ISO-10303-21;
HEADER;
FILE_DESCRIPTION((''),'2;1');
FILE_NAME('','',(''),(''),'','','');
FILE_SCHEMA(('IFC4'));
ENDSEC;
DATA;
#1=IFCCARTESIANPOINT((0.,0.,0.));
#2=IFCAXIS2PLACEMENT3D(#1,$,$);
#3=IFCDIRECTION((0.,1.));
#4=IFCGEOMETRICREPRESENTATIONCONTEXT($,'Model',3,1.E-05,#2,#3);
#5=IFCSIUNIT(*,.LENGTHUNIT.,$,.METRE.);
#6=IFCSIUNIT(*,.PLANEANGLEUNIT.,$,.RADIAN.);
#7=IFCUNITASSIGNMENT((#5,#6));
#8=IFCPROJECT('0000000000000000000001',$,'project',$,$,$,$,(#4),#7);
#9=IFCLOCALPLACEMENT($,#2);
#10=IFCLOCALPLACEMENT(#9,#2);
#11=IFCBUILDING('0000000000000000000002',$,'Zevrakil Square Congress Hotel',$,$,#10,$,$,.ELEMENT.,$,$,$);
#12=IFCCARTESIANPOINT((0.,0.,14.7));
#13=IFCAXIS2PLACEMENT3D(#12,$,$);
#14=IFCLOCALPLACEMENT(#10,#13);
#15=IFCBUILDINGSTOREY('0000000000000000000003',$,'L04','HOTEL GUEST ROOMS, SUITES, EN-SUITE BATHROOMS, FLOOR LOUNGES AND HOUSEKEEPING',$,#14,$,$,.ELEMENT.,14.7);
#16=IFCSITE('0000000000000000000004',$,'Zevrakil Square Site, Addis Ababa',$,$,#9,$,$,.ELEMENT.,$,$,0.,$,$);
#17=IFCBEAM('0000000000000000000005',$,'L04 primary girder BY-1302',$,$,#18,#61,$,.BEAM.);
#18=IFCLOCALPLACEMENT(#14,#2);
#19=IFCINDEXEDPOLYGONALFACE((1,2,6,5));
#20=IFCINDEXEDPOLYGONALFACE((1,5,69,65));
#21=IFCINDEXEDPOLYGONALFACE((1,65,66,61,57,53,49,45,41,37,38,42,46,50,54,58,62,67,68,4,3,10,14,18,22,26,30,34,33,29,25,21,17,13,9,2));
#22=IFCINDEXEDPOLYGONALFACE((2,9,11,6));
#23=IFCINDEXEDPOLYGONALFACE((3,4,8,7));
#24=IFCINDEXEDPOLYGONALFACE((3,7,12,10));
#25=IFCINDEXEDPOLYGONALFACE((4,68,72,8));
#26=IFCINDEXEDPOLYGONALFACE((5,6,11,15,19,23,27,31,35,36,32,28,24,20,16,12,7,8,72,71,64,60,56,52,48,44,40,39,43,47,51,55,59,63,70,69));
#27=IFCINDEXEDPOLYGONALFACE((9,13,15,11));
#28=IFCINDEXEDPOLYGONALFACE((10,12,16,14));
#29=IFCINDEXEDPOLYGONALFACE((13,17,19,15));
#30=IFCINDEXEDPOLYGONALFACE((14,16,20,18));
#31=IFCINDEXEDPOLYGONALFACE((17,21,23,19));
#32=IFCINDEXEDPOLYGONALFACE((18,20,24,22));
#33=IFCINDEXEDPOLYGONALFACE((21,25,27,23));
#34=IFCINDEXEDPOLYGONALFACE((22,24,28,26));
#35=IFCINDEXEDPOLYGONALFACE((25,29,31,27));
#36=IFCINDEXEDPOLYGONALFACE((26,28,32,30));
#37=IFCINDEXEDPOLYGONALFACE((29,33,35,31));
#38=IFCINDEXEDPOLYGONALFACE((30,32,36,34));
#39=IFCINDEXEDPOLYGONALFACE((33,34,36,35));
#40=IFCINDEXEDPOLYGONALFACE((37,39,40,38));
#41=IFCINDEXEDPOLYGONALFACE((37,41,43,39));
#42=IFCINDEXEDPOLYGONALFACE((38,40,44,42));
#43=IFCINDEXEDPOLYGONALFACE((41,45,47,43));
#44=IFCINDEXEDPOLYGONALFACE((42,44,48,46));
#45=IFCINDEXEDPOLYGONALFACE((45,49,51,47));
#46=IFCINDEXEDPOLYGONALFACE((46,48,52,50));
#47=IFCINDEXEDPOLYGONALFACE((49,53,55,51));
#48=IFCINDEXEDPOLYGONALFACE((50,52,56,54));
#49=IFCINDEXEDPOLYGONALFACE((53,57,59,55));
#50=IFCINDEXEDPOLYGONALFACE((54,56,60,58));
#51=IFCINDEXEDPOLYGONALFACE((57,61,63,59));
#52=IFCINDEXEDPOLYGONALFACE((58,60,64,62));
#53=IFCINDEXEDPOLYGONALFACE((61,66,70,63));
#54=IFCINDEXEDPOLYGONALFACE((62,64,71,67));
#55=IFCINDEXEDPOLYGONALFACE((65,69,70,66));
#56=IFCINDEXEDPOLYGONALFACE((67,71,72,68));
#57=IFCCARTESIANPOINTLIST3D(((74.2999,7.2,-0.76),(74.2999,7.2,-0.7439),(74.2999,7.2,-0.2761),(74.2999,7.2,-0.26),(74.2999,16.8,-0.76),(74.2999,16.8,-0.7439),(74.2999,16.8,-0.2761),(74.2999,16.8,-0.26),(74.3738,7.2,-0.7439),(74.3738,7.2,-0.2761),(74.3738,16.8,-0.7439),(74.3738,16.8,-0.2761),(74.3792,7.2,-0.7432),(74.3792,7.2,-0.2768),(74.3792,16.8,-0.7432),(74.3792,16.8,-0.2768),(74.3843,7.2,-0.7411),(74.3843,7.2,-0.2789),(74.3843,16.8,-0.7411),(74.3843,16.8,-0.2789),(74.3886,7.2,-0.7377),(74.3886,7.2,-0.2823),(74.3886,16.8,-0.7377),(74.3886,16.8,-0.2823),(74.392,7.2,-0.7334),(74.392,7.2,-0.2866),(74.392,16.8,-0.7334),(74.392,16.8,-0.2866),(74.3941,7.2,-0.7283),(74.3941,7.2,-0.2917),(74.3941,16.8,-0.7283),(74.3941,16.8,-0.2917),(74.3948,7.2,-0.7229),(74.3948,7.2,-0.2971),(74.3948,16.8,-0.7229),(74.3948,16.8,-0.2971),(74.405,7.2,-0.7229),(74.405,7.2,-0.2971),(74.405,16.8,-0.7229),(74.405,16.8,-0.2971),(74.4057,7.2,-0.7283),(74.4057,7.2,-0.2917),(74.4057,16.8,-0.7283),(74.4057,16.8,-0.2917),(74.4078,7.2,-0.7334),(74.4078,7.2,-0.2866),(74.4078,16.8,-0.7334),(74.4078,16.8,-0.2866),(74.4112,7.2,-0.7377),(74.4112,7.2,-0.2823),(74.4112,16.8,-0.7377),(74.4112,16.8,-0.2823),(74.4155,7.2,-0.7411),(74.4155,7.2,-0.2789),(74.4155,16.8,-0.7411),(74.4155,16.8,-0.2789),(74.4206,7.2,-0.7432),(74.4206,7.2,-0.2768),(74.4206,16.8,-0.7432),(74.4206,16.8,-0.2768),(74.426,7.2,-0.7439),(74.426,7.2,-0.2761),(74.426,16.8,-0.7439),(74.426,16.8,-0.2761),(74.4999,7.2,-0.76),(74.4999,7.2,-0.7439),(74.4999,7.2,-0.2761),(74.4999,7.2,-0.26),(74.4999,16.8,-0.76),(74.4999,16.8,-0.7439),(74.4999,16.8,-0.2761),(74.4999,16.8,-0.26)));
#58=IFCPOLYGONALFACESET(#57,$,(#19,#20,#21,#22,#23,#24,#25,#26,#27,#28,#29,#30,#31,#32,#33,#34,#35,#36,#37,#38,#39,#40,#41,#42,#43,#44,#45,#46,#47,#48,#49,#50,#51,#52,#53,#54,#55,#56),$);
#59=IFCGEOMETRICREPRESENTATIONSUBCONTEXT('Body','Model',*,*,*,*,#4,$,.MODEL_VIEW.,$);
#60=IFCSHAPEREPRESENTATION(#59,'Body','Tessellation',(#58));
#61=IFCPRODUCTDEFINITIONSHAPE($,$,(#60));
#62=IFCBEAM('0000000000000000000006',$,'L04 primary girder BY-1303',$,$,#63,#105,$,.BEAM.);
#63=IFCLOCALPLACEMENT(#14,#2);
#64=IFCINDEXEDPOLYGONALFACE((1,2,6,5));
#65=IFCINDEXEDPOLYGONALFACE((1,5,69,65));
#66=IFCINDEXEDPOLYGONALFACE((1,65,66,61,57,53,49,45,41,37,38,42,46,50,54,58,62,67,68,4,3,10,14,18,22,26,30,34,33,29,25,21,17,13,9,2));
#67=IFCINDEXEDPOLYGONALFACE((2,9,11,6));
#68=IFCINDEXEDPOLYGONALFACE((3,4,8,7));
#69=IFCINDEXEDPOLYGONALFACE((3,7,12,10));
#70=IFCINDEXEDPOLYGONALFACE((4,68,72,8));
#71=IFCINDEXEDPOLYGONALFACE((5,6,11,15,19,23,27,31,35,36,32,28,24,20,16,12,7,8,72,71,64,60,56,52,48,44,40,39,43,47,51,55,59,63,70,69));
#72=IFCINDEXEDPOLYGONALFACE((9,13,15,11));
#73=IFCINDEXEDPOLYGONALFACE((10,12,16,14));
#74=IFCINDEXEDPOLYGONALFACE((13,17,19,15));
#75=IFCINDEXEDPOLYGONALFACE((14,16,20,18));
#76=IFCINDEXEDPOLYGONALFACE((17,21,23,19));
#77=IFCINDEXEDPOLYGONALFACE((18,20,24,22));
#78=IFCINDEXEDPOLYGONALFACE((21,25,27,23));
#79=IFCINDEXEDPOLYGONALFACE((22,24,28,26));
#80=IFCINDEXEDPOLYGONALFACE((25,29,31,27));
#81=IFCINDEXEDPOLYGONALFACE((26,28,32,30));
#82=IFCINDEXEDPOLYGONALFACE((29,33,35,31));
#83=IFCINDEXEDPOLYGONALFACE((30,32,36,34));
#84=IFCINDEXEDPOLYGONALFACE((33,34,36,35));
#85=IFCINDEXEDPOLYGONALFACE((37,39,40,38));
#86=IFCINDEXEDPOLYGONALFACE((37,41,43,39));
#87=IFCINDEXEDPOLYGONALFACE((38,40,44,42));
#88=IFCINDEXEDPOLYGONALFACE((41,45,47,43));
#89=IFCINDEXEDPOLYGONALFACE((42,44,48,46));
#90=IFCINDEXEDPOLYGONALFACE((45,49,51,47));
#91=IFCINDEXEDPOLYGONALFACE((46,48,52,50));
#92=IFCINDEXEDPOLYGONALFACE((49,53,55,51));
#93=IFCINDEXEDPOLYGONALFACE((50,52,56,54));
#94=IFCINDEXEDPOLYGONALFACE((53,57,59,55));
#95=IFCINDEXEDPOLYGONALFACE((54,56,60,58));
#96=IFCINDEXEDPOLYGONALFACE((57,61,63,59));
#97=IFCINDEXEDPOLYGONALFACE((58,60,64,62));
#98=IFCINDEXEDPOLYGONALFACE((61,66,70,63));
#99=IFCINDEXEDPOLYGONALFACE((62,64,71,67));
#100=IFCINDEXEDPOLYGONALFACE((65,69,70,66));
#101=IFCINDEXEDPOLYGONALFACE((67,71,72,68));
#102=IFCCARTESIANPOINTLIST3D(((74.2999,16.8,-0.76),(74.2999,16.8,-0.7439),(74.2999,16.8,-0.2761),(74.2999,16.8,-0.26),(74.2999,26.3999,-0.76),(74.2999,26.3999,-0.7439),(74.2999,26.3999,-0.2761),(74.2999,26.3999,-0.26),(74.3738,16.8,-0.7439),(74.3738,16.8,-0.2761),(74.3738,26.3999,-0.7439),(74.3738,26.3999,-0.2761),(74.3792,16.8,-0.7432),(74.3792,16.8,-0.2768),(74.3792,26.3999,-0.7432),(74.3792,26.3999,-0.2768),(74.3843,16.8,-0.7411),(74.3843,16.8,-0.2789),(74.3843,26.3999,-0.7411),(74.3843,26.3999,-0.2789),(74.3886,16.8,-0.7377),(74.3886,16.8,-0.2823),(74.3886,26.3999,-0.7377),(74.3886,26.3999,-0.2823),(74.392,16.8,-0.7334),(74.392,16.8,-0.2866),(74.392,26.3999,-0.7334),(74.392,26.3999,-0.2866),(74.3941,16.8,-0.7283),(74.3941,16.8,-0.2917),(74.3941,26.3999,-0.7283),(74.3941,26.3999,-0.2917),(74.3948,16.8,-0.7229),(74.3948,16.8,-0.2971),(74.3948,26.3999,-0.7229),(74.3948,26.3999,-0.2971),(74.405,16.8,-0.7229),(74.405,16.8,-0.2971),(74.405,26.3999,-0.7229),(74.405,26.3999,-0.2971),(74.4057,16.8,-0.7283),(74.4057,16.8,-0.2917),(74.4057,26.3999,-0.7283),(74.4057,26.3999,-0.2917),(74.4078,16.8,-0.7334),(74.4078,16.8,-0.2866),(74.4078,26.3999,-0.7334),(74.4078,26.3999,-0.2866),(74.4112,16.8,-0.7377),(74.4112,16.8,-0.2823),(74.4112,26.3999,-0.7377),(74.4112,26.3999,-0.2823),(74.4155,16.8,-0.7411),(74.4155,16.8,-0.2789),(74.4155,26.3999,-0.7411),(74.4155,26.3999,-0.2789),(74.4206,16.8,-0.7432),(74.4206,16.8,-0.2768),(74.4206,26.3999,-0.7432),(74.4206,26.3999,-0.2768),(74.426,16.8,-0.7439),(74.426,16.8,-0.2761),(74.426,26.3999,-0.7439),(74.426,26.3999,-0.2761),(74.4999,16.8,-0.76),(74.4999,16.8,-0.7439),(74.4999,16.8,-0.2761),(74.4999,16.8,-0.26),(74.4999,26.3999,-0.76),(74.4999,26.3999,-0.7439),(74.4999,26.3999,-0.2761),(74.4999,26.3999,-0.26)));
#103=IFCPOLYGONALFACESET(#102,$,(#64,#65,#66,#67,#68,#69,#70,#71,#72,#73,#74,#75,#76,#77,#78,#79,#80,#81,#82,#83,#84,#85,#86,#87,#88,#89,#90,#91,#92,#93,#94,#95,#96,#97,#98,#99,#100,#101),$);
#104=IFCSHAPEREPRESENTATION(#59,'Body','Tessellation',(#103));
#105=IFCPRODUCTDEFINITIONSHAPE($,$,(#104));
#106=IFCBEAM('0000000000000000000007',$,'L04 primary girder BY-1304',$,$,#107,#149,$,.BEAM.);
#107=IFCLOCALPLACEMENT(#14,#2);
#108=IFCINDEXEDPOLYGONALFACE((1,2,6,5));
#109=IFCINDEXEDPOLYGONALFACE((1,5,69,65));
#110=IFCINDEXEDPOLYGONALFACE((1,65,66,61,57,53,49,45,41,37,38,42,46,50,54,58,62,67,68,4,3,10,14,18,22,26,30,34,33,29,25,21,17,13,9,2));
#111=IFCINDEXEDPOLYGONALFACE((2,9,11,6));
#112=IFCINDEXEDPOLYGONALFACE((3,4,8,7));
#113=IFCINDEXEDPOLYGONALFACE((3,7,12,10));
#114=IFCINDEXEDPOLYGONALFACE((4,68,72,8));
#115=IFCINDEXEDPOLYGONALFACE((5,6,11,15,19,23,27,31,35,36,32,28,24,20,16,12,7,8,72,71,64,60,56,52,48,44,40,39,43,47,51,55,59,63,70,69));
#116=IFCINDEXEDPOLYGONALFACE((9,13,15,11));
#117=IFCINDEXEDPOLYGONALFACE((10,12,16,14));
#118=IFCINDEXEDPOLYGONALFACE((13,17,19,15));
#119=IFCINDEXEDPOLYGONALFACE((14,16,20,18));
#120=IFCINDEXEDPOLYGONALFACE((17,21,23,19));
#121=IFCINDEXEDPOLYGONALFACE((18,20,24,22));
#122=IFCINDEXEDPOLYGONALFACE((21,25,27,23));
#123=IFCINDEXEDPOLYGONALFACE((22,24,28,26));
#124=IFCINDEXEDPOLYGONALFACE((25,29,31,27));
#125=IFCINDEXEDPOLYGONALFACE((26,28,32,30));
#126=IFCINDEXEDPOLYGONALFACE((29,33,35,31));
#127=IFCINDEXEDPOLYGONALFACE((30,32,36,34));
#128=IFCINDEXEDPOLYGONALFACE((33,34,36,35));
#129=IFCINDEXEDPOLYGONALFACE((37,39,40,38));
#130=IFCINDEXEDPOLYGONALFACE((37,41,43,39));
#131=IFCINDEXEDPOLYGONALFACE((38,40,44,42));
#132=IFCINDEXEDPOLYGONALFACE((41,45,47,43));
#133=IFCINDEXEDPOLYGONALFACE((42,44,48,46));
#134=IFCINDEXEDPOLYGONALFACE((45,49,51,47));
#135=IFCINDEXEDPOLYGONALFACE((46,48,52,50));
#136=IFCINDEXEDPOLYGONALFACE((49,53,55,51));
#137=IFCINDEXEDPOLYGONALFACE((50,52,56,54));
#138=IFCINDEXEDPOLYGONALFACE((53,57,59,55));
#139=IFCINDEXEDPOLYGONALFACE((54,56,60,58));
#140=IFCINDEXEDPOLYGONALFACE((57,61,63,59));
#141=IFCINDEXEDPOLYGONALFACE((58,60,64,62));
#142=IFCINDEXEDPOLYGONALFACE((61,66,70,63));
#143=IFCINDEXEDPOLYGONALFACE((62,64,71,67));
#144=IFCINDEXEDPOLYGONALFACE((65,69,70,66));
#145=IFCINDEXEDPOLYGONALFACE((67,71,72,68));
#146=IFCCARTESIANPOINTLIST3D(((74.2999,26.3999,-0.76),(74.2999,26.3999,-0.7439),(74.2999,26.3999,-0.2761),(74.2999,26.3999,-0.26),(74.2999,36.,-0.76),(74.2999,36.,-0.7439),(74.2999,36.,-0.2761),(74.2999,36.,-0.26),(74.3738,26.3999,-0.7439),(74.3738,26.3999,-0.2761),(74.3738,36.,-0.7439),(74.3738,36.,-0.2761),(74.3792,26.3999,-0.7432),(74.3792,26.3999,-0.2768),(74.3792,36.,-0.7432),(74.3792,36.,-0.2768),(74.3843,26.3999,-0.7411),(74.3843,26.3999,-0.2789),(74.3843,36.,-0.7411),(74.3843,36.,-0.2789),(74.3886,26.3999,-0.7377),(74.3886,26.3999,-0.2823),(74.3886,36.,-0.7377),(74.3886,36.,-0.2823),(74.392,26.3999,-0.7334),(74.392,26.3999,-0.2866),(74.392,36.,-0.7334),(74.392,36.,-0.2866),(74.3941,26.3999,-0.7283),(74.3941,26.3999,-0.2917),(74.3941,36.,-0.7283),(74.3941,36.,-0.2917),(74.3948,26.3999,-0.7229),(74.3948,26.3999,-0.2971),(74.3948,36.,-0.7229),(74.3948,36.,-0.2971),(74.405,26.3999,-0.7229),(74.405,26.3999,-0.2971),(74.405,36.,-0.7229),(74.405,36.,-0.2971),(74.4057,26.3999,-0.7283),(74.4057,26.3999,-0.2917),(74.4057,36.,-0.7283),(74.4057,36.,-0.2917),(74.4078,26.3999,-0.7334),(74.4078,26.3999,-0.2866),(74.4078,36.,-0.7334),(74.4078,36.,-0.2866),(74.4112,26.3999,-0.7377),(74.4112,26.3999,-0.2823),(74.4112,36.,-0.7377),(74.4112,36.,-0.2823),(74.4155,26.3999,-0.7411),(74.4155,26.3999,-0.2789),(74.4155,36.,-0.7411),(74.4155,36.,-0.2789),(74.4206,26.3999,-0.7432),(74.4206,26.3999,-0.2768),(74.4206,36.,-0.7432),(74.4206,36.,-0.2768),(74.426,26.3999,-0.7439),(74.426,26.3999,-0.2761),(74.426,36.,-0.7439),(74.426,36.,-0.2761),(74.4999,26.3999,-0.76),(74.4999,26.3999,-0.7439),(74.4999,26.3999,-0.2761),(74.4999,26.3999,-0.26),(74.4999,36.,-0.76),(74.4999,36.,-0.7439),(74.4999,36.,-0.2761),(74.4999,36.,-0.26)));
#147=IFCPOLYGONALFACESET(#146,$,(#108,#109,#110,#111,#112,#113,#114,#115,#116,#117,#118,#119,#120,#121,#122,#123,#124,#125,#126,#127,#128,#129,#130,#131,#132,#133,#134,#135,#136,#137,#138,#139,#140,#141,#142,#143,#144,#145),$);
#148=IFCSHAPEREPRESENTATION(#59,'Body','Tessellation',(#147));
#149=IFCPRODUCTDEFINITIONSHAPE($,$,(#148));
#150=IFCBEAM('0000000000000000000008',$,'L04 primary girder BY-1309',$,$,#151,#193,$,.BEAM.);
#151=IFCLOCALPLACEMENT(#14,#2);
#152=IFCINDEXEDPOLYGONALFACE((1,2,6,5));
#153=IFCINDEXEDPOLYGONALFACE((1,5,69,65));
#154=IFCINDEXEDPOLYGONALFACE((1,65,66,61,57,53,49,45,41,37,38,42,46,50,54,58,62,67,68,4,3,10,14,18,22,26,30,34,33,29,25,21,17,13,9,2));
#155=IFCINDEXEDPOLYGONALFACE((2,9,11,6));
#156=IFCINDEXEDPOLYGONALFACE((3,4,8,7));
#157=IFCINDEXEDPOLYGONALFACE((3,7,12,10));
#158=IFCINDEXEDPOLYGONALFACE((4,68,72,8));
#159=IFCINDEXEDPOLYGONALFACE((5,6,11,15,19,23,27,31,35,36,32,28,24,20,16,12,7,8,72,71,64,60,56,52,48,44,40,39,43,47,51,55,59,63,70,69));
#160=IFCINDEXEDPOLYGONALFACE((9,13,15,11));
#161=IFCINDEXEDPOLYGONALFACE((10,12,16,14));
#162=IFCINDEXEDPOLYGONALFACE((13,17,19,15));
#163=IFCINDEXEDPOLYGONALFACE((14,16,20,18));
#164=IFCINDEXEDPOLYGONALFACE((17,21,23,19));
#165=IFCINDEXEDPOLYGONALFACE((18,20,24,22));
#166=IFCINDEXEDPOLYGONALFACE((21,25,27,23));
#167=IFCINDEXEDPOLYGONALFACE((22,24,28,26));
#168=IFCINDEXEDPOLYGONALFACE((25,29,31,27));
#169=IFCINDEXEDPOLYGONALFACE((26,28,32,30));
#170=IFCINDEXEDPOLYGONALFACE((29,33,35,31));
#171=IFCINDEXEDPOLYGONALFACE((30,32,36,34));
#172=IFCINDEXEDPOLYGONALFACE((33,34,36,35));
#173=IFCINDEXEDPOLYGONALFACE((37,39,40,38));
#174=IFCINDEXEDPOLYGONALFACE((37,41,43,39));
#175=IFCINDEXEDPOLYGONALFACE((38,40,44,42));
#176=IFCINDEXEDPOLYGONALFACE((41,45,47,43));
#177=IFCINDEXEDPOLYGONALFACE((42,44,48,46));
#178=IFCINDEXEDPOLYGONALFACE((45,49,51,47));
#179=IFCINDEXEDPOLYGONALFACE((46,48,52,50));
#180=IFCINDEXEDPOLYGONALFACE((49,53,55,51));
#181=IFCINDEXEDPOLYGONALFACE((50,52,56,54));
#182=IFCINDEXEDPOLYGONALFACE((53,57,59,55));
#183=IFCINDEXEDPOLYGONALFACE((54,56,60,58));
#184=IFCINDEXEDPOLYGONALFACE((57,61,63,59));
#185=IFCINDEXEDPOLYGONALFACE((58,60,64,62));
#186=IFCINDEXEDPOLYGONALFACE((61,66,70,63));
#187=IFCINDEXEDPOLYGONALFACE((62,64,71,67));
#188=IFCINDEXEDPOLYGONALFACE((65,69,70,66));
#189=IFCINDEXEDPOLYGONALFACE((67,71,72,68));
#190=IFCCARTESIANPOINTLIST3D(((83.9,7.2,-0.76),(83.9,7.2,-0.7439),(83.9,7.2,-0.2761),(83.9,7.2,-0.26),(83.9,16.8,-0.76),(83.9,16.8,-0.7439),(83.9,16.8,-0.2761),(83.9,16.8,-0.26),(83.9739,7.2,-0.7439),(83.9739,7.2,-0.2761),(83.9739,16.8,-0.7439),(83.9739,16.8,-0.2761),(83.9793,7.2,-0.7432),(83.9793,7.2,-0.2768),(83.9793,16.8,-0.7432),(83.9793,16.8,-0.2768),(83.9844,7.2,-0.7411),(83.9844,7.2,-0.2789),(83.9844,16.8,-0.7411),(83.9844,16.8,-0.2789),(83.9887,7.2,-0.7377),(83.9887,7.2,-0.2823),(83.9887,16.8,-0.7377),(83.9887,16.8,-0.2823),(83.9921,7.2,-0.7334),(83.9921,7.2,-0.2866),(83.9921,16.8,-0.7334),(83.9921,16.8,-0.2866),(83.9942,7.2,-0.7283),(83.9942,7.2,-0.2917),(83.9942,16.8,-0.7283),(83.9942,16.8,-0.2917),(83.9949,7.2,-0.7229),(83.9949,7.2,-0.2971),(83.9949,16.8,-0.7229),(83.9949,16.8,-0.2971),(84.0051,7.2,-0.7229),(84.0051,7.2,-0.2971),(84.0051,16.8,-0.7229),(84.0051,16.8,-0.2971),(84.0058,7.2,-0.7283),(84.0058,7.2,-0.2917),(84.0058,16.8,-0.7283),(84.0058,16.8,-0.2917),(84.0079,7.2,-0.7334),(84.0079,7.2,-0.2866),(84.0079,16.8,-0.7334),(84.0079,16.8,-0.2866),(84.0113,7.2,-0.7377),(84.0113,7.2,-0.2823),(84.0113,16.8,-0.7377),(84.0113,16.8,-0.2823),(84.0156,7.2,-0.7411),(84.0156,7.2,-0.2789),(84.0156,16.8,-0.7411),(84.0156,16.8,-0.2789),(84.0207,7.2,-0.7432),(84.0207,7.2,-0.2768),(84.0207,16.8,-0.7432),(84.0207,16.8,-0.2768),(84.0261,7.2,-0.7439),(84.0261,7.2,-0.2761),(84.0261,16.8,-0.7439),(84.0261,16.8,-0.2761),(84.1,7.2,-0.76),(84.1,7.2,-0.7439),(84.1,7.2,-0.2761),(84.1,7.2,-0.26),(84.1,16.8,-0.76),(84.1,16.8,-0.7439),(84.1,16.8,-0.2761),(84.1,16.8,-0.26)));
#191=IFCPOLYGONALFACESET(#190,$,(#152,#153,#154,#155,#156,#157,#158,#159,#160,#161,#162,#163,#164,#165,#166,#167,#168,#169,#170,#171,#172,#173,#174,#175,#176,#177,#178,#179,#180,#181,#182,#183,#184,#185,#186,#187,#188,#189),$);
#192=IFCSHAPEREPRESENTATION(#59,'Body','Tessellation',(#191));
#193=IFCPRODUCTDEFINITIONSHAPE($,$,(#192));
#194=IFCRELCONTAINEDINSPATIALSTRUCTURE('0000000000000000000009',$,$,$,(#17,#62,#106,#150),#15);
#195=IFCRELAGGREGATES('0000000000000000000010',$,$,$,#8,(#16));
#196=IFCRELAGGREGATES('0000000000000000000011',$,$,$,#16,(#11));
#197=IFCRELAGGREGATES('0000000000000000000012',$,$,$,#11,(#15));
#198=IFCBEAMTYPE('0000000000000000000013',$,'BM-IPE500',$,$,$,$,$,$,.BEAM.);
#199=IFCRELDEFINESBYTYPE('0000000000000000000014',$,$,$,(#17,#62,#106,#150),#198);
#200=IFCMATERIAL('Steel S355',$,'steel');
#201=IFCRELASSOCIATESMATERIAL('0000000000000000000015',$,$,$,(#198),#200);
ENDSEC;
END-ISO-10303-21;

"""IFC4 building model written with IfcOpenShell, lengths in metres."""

from ifc_helpers import new_model, si_unit, direction, frame, origin, origin_2d, place, context, subcontext, project, spatial, i_section, extrude, material, material_profile, profile_set, type_object, element, save


model = new_model("IFC4")

# Units and contexts
model_context = context("Model", 3, precision=1e-05, world=origin(), true_north=direction((0.0, 1.0)))
body_context = subcontext(model_context, "Body", "Model", "MODEL_VIEW")
ifc_project = project(units=[si_unit("LENGTHUNIT", "METRE"), si_unit("PLANEANGLEUNIT", "RADIAN")], contexts=[model_context])

# Site, building, storey
site_placement = place(None, origin())
site = spatial("IfcSite", under=ifc_project, at=site_placement, Name="Zevrakil Square Site, Addis Ababa", CompositionType="ELEMENT", RefElevation=0.0)
building_placement = place(site_placement, origin())
building = spatial("IfcBuilding", under=site, at=building_placement, Name="Zevrakil Square Congress Hotel", CompositionType="ELEMENT")
storey_placement = place(building_placement, frame((0.0, 0.0, 14.7)))
storey = spatial("IfcBuildingStorey", under=building, at=storey_placement, Name="L04", Description="HOTEL GUEST ROOMS, SUITES, EN-SUITE BATHROOMS, FLOOR LOUNGES AND HOUSEKEEPING", CompositionType="ELEMENT", Elevation=14.7)

# Beams
ifc_material_1 = material(Name="Steel S355", Category="steel")
ifc_material_profile_1 = material_profile(ifc_material_1, i_section(OverallWidth=0.2, OverallDepth=0.5, WebThickness=0.0103, FlangeThickness=0.0161, FilletRadius=0.021, at=origin_2d()), Name="IPE 500")
ifc_profile_set_1 = profile_set([ifc_material_profile_1], Name="Steel S355")
beam_type_1 = type_object("IfcBeamType", Name="BM-IPE500", PredefinedType="BEAM", material=ifc_profile_set_1)
beam_1_placement = place(storey_placement, frame((74.3999, 7.2, -0.51), z_axis=(0.0, 1.0, 0.0), x_axis=(-1.0, 0.0, 0.0)))
element("IfcBeam", 1, at=beam_1_placement, inside=storey, type_object=beam_type_1, Name="L04 primary girder BY-1302", PredefinedType="BEAM", context=body_context, shape_type="SweptSolid", body=[
    extrude(i_section(OverallWidth=0.2, OverallDepth=0.5, WebThickness=0.0103, FlangeThickness=0.0161, FilletRadius=0.021, at=origin_2d()), origin(), (0.0, 0.0, 1.0), 9.6001),
])
beam_2_placement = place(storey_placement, frame((74.3999, 16.8, -0.51), z_axis=(0.0, 1.0, 0.0), x_axis=(-1.0, 0.0, 0.0)))
element("IfcBeam", 2, at=beam_2_placement, inside=storey, type_object=beam_type_1, Name="L04 primary girder BY-1303", PredefinedType="BEAM", context=body_context, shape_type="SweptSolid", body=[
    extrude(i_section(OverallWidth=0.2, OverallDepth=0.5, WebThickness=0.0103, FlangeThickness=0.0161, FilletRadius=0.021, at=origin_2d()), origin(), (0.0, 0.0, 1.0), 9.5999),
])
for number, where, z_axis, x_axis, name in (
    (3, (74.3999, 26.3999, -0.51), (0.0, 1.0, 0.0), (-1.0, 0.0, 0.0), "L04 primary girder BY-1304"),
    (4, (84.0, 7.2, -0.51), (0.0, 1.0, 0.0), (-1.0, 0.0, 0.0), "L04 primary girder BY-1309"),
):
    element("IfcBeam", number, at=place(storey_placement, frame(where, z_axis=z_axis, x_axis=x_axis)), inside=storey, type_object=beam_type_1, Name=name, PredefinedType="BEAM", context=body_context, shape_type="SweptSolid", body=[
        extrude(i_section(OverallWidth=0.2, OverallDepth=0.5, WebThickness=0.0103, FlangeThickness=0.0161, FilletRadius=0.021, at=origin_2d()), origin(), (0.0, 0.0, 1.0), 9.6001),
    ])

save(model, "model.ifc")
